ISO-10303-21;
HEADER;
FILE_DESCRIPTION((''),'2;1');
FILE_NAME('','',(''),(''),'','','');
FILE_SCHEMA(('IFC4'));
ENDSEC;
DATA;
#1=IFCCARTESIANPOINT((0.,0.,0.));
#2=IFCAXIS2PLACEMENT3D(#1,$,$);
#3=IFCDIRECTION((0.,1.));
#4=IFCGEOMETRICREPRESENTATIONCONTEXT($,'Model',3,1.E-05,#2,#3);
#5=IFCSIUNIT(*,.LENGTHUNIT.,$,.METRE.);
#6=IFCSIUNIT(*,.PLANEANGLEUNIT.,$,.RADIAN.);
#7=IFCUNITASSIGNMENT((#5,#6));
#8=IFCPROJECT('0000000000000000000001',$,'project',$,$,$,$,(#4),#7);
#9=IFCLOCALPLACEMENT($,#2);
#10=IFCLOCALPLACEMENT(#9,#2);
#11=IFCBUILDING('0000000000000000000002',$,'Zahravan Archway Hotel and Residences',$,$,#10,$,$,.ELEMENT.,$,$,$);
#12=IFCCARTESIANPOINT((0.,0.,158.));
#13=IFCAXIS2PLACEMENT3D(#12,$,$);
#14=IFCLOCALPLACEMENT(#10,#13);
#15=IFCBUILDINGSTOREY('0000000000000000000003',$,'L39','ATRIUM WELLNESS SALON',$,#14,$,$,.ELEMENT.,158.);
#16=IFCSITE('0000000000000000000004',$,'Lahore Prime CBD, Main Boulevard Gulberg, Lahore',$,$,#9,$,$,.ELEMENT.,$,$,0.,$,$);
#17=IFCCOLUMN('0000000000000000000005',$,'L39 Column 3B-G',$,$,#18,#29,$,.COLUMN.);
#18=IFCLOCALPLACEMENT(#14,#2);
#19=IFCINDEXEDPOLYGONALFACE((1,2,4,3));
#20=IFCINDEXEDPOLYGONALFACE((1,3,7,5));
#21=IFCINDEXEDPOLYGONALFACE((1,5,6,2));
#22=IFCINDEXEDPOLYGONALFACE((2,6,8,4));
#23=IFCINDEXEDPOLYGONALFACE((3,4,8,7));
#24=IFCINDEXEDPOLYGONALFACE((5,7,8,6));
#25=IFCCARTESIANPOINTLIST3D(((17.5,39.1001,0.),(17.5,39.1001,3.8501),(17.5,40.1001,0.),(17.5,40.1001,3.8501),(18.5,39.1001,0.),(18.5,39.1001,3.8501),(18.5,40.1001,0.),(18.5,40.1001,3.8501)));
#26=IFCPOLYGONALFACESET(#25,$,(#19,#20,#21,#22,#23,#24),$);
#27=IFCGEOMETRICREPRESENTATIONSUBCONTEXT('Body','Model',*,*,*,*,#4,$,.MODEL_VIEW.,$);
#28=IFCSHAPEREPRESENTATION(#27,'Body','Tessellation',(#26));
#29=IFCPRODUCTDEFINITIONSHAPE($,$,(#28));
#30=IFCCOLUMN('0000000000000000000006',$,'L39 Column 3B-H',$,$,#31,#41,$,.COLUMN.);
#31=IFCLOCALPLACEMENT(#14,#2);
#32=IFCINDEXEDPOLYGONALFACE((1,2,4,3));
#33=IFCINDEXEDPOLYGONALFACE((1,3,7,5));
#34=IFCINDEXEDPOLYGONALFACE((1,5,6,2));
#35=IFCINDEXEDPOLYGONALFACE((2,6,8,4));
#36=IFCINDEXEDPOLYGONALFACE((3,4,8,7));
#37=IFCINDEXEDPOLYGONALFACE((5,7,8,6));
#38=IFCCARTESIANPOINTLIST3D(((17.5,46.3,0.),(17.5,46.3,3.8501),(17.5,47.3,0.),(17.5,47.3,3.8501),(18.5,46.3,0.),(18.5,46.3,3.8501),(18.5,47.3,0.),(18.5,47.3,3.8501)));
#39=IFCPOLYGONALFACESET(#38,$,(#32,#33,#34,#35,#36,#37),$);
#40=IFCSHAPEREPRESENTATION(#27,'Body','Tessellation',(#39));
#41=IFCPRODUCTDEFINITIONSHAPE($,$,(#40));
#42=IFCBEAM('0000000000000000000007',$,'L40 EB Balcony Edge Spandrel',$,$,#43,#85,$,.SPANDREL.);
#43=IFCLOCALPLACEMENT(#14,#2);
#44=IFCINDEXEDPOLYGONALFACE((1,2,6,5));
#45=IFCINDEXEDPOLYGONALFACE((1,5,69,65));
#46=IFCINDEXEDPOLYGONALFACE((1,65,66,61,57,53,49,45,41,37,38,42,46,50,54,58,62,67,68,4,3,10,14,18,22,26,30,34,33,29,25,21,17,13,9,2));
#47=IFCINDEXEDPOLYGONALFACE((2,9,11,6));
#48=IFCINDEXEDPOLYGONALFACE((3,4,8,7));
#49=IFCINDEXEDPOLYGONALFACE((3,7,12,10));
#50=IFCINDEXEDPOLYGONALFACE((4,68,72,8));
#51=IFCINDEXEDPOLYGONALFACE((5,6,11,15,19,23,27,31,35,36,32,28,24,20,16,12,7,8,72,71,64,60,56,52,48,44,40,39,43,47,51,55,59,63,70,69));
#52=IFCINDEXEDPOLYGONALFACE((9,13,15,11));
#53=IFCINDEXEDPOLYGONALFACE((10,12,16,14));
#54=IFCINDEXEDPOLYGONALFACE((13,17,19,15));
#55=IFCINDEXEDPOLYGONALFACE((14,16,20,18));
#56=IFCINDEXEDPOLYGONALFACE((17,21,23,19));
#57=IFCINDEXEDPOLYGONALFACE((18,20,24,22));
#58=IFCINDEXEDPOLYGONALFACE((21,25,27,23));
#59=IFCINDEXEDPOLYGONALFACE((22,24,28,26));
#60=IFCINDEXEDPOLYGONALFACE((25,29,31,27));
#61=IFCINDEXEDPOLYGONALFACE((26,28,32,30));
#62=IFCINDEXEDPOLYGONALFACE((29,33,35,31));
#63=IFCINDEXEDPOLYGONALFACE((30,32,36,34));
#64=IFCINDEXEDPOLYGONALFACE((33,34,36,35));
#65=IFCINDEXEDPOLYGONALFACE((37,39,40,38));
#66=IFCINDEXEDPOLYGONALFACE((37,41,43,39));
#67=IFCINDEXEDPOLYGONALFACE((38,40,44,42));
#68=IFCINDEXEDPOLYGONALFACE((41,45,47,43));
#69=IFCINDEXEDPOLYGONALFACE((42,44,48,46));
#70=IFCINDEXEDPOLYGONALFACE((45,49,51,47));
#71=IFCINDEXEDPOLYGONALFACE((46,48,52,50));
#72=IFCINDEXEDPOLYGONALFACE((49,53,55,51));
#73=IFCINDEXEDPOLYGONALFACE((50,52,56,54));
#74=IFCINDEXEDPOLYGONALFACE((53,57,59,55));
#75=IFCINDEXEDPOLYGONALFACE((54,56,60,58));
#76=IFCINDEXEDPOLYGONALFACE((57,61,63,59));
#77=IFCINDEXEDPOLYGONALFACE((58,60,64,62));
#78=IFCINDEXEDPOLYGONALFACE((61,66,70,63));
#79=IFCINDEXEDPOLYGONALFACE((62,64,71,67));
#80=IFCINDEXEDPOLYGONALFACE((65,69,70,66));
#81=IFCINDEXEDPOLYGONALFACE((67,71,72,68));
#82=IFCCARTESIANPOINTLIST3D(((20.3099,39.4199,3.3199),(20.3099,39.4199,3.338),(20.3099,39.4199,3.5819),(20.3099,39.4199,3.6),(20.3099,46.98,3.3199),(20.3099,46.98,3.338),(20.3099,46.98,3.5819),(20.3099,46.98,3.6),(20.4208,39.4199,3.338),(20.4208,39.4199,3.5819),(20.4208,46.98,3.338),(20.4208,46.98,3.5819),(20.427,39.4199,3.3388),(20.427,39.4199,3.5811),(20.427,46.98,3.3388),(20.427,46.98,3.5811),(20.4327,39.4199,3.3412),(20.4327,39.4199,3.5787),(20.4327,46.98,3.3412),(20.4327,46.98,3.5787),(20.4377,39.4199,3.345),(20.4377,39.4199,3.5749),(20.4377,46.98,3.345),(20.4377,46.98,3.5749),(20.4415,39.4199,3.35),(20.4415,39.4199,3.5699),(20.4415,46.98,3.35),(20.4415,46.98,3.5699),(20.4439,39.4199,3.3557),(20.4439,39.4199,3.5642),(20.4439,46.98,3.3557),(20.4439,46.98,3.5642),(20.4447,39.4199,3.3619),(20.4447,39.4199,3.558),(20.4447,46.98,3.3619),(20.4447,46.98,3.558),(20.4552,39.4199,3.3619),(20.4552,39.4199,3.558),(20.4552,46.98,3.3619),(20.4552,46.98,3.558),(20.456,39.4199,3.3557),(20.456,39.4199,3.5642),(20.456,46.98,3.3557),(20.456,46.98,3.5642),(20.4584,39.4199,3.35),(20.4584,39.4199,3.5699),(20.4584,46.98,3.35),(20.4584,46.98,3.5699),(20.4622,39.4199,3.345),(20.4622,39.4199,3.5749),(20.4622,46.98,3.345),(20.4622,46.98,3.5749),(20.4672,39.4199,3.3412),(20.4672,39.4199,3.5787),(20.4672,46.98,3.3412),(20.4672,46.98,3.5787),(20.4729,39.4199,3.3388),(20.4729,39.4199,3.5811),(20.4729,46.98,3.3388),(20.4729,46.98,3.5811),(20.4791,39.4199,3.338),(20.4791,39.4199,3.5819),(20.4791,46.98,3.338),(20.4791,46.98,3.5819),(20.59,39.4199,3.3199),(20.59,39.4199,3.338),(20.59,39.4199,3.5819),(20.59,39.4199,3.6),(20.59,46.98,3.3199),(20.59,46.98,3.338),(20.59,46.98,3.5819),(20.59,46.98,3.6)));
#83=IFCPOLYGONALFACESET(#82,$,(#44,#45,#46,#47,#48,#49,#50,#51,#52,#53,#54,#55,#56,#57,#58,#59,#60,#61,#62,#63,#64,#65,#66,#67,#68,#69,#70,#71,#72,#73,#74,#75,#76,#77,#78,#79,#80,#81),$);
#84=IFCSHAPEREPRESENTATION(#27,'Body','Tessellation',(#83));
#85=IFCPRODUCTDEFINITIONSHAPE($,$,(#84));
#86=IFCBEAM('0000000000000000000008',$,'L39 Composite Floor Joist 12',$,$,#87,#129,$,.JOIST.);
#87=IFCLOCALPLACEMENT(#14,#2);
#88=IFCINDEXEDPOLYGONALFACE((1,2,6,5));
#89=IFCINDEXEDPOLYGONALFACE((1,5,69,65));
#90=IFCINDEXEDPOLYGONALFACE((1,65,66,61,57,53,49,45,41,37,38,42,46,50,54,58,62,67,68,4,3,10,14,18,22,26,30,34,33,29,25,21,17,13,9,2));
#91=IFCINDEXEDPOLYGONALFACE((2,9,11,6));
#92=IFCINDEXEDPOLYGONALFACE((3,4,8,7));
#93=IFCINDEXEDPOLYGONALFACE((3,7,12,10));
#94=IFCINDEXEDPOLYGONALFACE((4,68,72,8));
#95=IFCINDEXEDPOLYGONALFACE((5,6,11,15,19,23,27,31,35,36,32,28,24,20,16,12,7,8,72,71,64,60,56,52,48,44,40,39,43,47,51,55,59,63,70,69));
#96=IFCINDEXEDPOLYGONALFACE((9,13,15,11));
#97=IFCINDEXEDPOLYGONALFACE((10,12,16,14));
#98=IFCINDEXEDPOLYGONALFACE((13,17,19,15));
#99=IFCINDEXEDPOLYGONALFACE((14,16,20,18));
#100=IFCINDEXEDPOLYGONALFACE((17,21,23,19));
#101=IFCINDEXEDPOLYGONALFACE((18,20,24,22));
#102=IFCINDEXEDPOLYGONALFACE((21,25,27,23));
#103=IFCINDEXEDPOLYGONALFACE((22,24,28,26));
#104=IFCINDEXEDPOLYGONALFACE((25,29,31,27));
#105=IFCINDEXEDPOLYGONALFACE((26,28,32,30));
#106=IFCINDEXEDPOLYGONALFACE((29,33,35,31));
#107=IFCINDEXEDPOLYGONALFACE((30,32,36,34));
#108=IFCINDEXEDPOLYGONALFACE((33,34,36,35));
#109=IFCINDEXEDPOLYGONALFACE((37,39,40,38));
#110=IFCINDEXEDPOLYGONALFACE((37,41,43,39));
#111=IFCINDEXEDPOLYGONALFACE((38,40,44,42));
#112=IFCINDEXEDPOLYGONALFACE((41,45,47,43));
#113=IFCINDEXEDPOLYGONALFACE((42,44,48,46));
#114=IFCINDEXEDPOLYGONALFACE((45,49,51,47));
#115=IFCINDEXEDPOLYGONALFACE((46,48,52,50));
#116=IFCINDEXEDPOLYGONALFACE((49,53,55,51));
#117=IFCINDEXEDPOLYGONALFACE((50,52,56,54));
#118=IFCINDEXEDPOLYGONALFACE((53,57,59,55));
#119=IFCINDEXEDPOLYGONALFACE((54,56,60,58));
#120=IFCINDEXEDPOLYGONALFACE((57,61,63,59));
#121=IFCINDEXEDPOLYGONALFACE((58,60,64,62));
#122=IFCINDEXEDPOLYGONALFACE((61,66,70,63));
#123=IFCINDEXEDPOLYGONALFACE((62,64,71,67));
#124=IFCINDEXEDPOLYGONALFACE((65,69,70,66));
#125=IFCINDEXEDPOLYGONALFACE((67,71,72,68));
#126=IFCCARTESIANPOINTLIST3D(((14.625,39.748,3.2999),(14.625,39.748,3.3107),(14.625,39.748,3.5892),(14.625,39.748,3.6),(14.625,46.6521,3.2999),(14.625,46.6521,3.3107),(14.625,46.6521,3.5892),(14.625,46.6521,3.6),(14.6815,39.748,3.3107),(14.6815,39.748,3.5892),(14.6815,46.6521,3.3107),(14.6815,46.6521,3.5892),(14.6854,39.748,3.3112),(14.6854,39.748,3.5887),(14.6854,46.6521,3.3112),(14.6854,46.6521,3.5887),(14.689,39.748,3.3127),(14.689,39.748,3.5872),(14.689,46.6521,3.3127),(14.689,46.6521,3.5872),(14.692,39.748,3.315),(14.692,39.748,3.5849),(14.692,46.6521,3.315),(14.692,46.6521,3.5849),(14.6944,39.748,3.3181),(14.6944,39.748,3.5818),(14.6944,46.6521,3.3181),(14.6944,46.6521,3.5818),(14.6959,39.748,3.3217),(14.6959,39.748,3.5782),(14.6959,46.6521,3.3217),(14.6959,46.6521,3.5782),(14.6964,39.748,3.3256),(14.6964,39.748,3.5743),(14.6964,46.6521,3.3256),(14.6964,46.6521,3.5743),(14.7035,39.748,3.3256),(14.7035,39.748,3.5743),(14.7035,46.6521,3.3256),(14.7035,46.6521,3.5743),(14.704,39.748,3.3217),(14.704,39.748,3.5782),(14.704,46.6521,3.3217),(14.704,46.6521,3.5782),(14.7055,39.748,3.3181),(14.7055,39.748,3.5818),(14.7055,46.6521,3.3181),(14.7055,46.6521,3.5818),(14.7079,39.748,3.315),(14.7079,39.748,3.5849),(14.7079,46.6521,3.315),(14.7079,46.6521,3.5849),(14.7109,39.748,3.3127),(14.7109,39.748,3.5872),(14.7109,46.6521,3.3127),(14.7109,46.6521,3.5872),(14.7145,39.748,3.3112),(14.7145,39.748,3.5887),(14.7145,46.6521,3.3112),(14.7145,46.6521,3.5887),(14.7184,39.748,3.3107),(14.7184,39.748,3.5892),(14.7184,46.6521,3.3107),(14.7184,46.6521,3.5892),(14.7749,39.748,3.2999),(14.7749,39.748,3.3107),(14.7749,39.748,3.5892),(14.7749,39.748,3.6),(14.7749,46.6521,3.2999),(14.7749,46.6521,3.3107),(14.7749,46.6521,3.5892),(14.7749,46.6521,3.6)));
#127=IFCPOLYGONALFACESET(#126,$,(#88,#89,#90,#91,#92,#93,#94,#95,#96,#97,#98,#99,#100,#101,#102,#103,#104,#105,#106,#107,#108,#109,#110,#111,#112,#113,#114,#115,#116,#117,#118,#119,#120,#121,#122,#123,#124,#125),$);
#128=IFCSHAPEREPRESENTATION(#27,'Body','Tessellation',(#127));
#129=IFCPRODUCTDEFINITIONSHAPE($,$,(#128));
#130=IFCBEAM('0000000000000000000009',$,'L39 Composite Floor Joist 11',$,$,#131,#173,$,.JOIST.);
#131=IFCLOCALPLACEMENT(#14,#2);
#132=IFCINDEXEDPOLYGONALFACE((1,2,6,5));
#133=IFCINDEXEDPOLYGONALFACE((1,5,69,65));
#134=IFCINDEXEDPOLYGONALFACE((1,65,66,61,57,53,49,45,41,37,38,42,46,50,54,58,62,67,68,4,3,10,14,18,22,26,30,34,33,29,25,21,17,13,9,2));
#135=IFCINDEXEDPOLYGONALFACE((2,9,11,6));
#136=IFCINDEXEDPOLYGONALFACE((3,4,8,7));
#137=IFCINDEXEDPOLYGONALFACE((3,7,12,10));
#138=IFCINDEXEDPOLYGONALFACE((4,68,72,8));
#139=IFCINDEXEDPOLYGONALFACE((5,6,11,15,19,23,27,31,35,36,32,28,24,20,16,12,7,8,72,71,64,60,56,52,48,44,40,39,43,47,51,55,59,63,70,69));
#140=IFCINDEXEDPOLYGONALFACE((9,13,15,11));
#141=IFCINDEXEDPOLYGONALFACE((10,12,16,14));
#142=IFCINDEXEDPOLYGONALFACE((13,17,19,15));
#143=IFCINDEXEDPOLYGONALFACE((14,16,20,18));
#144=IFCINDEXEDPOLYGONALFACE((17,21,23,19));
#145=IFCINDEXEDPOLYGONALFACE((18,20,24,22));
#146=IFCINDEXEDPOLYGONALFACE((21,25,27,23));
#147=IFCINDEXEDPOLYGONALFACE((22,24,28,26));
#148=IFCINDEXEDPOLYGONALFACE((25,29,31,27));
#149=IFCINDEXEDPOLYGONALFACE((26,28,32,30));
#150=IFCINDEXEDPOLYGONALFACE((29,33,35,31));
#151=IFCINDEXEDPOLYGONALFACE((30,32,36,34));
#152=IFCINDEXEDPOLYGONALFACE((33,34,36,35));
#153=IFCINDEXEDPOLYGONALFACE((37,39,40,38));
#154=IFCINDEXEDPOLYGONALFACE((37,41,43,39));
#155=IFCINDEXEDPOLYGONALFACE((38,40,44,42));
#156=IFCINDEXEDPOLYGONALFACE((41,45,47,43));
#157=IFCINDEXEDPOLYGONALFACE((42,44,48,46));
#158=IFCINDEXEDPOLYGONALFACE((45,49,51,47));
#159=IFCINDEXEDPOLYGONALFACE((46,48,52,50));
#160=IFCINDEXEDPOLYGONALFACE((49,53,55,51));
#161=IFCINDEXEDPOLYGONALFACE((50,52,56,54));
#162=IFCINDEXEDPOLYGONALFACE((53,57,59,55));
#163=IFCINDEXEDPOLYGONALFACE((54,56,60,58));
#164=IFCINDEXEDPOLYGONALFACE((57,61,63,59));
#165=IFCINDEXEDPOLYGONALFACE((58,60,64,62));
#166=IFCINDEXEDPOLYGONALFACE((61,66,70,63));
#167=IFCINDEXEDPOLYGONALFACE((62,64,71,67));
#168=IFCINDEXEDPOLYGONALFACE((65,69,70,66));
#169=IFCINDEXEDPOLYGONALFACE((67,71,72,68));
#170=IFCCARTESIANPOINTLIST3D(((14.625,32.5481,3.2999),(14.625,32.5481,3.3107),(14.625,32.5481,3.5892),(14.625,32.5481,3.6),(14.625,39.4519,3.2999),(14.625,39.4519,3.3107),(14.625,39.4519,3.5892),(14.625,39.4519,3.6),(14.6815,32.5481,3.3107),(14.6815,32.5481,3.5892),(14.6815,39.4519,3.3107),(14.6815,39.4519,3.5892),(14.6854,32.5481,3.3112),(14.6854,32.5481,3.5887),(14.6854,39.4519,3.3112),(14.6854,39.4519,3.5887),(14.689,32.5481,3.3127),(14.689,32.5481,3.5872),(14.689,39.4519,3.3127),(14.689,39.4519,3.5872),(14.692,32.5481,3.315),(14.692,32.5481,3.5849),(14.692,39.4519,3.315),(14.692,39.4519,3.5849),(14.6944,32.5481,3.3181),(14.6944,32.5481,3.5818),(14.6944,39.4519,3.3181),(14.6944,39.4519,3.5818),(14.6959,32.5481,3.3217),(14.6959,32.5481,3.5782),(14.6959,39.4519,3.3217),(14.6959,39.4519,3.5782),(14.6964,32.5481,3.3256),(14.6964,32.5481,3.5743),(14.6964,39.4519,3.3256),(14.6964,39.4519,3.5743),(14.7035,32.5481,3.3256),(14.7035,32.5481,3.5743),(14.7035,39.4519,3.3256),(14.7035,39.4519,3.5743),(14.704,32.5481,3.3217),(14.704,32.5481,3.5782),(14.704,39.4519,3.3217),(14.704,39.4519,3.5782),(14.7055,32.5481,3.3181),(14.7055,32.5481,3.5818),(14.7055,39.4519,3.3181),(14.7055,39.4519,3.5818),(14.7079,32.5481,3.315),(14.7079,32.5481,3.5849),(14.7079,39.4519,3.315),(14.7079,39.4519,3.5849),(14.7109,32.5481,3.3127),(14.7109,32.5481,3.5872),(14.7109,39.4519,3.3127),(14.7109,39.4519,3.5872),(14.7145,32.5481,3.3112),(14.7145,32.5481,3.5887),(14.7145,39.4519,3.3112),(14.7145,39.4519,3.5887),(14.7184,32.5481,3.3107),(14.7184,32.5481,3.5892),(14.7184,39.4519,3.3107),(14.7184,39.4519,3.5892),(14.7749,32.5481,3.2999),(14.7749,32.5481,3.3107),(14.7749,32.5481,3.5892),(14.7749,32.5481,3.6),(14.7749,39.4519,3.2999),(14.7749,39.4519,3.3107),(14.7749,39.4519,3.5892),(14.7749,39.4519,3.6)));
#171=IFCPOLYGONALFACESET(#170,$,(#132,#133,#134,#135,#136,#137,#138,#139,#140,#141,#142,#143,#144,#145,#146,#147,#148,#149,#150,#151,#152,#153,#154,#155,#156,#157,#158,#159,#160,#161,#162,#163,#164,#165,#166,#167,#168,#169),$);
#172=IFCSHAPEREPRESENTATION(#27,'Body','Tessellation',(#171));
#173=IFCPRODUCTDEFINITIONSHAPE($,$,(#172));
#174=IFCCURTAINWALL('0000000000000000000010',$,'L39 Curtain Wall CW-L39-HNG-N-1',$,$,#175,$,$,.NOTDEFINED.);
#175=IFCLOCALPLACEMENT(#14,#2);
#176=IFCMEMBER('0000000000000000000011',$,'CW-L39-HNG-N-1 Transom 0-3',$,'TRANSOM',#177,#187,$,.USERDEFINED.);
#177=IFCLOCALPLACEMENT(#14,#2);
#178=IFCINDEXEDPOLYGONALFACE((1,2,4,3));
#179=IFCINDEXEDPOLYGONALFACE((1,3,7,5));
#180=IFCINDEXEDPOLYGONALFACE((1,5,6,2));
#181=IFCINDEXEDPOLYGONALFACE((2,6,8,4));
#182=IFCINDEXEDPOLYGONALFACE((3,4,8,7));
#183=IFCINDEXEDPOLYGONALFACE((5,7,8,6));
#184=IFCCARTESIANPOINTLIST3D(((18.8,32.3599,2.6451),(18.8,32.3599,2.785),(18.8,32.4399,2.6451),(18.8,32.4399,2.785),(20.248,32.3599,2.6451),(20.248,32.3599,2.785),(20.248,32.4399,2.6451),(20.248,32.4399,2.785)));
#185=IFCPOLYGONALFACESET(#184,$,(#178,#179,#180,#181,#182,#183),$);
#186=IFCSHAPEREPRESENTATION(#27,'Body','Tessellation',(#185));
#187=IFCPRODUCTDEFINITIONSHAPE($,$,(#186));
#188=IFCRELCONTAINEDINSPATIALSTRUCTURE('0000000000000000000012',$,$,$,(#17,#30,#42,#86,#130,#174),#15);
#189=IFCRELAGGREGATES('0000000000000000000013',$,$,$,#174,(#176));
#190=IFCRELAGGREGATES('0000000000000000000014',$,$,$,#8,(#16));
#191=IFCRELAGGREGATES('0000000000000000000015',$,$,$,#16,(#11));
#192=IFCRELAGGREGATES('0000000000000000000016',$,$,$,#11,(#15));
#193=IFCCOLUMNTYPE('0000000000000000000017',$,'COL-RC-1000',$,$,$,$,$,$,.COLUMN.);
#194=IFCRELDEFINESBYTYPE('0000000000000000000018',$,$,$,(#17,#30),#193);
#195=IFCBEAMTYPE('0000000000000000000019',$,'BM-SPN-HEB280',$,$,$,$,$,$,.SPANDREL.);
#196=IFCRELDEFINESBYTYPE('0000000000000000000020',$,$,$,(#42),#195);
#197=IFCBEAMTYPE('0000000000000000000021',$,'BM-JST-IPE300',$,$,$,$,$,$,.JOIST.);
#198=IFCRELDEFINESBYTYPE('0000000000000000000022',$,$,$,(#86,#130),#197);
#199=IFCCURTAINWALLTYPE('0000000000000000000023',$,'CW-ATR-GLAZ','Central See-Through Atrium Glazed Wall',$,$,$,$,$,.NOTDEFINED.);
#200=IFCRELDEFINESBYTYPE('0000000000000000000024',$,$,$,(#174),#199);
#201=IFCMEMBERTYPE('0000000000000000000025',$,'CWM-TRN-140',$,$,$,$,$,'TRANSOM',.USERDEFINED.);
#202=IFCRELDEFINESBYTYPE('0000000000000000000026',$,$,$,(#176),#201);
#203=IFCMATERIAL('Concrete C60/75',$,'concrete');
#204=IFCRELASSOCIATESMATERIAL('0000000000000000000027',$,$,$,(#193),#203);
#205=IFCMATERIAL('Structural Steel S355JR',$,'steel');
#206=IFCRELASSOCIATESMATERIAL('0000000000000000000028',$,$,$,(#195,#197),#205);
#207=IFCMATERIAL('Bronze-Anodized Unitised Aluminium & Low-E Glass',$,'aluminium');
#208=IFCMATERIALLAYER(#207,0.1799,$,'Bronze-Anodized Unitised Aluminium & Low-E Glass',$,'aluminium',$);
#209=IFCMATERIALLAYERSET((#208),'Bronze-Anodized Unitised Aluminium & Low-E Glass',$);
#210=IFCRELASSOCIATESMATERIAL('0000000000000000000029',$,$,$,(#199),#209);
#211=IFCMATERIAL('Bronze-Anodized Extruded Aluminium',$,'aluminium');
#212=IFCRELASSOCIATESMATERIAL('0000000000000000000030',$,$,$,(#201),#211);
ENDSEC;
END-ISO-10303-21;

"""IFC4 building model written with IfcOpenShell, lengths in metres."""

from ifc_helpers import new_model, si_unit, direction, frame, origin, origin_2d, place, context, subcontext, project, spatial, rectangle, i_section, extrude, source, transform, mapped, material, layer, layer_set, material_profile, profile_set, type_object, type_shapes, element, aggregate, save


model = new_model("IFC4")

# Units and contexts
model_context = context("Model", 3, precision=1e-05, world=origin(), true_north=direction((0.0, 1.0)))
body_context = subcontext(model_context, "Body", "Model", "MODEL_VIEW")
ifc_project = project(units=[si_unit("LENGTHUNIT", "METRE"), si_unit("PLANEANGLEUNIT", "RADIAN")], contexts=[model_context])

# Site, building, storey
site_placement = place(None, origin())
site = spatial("IfcSite", under=ifc_project, at=site_placement, Name="Lahore Prime CBD, Main Boulevard Gulberg, Lahore", CompositionType="ELEMENT", RefElevation=0.0)
building_placement = place(site_placement, origin())
building = spatial("IfcBuilding", under=site, at=building_placement, Name="Zahravan Archway Hotel and Residences", CompositionType="ELEMENT")
storey_placement = place(building_placement, frame((0.0, 0.0, 158.0)))
storey = spatial("IfcBuildingStorey", under=building, at=storey_placement, Name="L39", Description="ATRIUM WELLNESS SALON", CompositionType="ELEMENT", Elevation=158.0)

# Columns
ifc_material_1 = material(Name="Concrete C60/75", Category="concrete")
ifc_material_profile_1 = material_profile(ifc_material_1, rectangle(XDim=1.0, YDim=1.0, at=origin_2d()), Name="RC-COL-1000x1000", Category="concrete")
ifc_profile_set_1 = profile_set([ifc_material_profile_1], Name="Concrete C60/75")
column_type = type_object("IfcColumnType", Name="COL-RC-1000", PredefinedType="COLUMN", material=ifc_profile_set_1)
shared_shape_1 = source(origin(), body_context, "Body", "SweptSolid", [
    extrude(rectangle(XDim=1.0, YDim=1.0, at=origin_2d()), origin(), (0.0, 0.0, 1.0), 3.8501),
])
for number, where, z_axis, x_axis, name in (
    (1, (18.0, 39.6001, 0.0), (0.0, 0.0, 1.0), (1.0, 0.0, 0.0), "L39 Column 3B-G"),
    (2, (18.0, 46.8, 0.0), (0.0, 0.0, 1.0), (1.0, 0.0, 0.0), "L39 Column 3B-H"),
):
    element("IfcColumn", number, at=place(storey_placement, frame(where, z_axis=z_axis, x_axis=x_axis)), inside=storey, type_object=column_type, Name=name, PredefinedType="COLUMN", context=body_context, shape_type="MappedRepresentation", body=[
        mapped(shared_shape_1, transform((0.0, 0.0, 0.0), scale=1.0)),
    ])

# Beams
ifc_material_2 = material(Name="Structural Steel S355JR", Category="steel")
ifc_material_profile_2 = material_profile(ifc_material_2, i_section(OverallWidth=0.28, OverallDepth=0.28, WebThickness=0.0105, FlangeThickness=0.0181, FilletRadius=0.0239, at=origin_2d()), Name="HEB 280", Category="steel")
ifc_profile_set_2 = profile_set([ifc_material_profile_2], Name="Structural Steel S355JR")
beam_type_1 = type_object("IfcBeamType", Name="BM-SPN-HEB280", PredefinedType="SPANDREL", material=ifc_profile_set_2)
shared_shape_2 = source(origin(), body_context, "Body", "SweptSolid", [
    extrude(i_section(OverallWidth=0.28, OverallDepth=0.28, WebThickness=0.0105, FlangeThickness=0.0181, FilletRadius=0.0239, at=origin_2d()), origin(), (0.0, 0.0, 1.0), 7.5601),
])
type_shapes(beam_type_1, [shared_shape_2])
beam_1_placement = place(storey_placement, frame((20.45, 39.4199, 3.46), z_axis=(0.0, 1.0, 0.0), x_axis=(-1.0, 0.0, 0.0)))
element("IfcBeam", 3, at=beam_1_placement, inside=storey, type_object=beam_type_1, Name="L40 EB Balcony Edge Spandrel", PredefinedType="SPANDREL", context=body_context, shape_type="MappedRepresentation", body=[
    mapped(shared_shape_2, transform((0.0, 0.0, 0.0), scale=1.0)),
])
ifc_material_profile_3 = material_profile(ifc_material_2, i_section(OverallWidth=0.1499, OverallDepth=0.3, WebThickness=0.0071, FlangeThickness=0.0107, FilletRadius=0.0149, at=origin_2d()), Name="IPE 300", Category="steel")
ifc_profile_set_3 = profile_set([ifc_material_profile_3], Name="Structural Steel S355JR")
beam_type_2 = type_object("IfcBeamType", Name="BM-JST-IPE300", PredefinedType="JOIST", material=ifc_profile_set_3)
shared_shape_3 = source(origin(), body_context, "Body", "SweptSolid", [
    extrude(i_section(OverallWidth=0.1499, OverallDepth=0.3, WebThickness=0.0071, FlangeThickness=0.0107, FilletRadius=0.0149, at=origin_2d()), origin(), (0.0, 0.0, 1.0), 6.9041),
])
type_shapes(beam_type_2, [shared_shape_3])
beam_2_placement = place(storey_placement, frame((14.7, 39.748, 3.45), z_axis=(0.0, 1.0, 0.0), x_axis=(-1.0, 0.0, 0.0)))
element("IfcBeam", 4, at=beam_2_placement, inside=storey, type_object=beam_type_2, Name="L39 Composite Floor Joist 12", PredefinedType="JOIST", context=body_context, shape_type="MappedRepresentation", body=[
    mapped(shared_shape_3, transform((0.0, 0.0, 0.0), scale=1.0)),
])
shared_shape_4 = source(origin(), body_context, "Body", "SweptSolid", [
    extrude(i_section(OverallWidth=0.1499, OverallDepth=0.3, WebThickness=0.0071, FlangeThickness=0.0107, FilletRadius=0.0149, at=origin_2d()), origin(), (0.0, 0.0, 1.0), 6.9038),
])
beam_3_placement = place(storey_placement, frame((14.7, 32.5481, 3.45), z_axis=(0.0, 1.0, 0.0), x_axis=(-1.0, 0.0, 0.0)))
element("IfcBeam", 5, at=beam_3_placement, inside=storey, type_object=beam_type_2, Name="L39 Composite Floor Joist 11", PredefinedType="JOIST", context=body_context, shape_type="MappedRepresentation", body=[
    mapped(shared_shape_4, transform((0.0, 0.0, 0.0), scale=1.0)),
])

# Curtain wall, member
ifc_material_3 = material(Name="Bronze-Anodized Unitised Aluminium & Low-E Glass", Category="aluminium")
ifc_layer_1 = layer(ifc_material_3, 0.1799, Name="Bronze-Anodized Unitised Aluminium & Low-E Glass", Category="aluminium")
ifc_layer_set_1 = layer_set([ifc_layer_1], Name="Bronze-Anodized Unitised Aluminium & Low-E Glass")
curtain_wall_type = type_object("IfcCurtainWallType", Name="CW-ATR-GLAZ", Description="Central See-Through Atrium Glazed Wall", PredefinedType="NOTDEFINED", material=ifc_layer_set_1)
curtain_wall_placement = place(storey_placement, origin())
curtain_wall = element("IfcCurtainWall", 6, at=curtain_wall_placement, inside=storey, type_object=curtain_wall_type, Name="L39 Curtain Wall CW-L39-HNG-N-1", PredefinedType="NOTDEFINED")
ifc_material_4 = material(Name="Bronze-Anodized Extruded Aluminium", Category="aluminium")
ifc_material_profile_4 = material_profile(ifc_material_4, rectangle(XDim=0.0801, YDim=0.1399, at=origin_2d()), Name="TRN 80x140", Category="aluminium")
ifc_profile_set_4 = profile_set([ifc_material_profile_4], Name="Bronze-Anodized Extruded Aluminium")
member_type_1 = type_object("IfcMemberType", Name="CWM-TRN-140", ElementType="TRANSOM", PredefinedType="USERDEFINED", material=ifc_profile_set_4)
shared_shape_5 = source(origin(), body_context, "Body", "SweptSolid", [
    extrude(rectangle(XDim=0.0801, YDim=0.1399, at=origin_2d()), origin(), (0.0, 0.0, 1.0), 1.448),
])
member_1_placement = place(storey_placement, frame((18.8, 32.3999, 2.7151), z_axis=(1.0, 0.0, 0.0), x_axis=(0.0, 1.0, 0.0)))
member_1 = element("IfcMember", 7, at=member_1_placement, type_object=member_type_1, Name="CW-L39-HNG-N-1 Transom 0-3", ObjectType="TRANSOM", PredefinedType="USERDEFINED", context=body_context, shape_type="MappedRepresentation", body=[
    mapped(shared_shape_5, transform((0.0, 0.0, 0.0), scale=1.0)),
])
aggregate(curtain_wall, [member_1])

save(model, "model.ifc")
